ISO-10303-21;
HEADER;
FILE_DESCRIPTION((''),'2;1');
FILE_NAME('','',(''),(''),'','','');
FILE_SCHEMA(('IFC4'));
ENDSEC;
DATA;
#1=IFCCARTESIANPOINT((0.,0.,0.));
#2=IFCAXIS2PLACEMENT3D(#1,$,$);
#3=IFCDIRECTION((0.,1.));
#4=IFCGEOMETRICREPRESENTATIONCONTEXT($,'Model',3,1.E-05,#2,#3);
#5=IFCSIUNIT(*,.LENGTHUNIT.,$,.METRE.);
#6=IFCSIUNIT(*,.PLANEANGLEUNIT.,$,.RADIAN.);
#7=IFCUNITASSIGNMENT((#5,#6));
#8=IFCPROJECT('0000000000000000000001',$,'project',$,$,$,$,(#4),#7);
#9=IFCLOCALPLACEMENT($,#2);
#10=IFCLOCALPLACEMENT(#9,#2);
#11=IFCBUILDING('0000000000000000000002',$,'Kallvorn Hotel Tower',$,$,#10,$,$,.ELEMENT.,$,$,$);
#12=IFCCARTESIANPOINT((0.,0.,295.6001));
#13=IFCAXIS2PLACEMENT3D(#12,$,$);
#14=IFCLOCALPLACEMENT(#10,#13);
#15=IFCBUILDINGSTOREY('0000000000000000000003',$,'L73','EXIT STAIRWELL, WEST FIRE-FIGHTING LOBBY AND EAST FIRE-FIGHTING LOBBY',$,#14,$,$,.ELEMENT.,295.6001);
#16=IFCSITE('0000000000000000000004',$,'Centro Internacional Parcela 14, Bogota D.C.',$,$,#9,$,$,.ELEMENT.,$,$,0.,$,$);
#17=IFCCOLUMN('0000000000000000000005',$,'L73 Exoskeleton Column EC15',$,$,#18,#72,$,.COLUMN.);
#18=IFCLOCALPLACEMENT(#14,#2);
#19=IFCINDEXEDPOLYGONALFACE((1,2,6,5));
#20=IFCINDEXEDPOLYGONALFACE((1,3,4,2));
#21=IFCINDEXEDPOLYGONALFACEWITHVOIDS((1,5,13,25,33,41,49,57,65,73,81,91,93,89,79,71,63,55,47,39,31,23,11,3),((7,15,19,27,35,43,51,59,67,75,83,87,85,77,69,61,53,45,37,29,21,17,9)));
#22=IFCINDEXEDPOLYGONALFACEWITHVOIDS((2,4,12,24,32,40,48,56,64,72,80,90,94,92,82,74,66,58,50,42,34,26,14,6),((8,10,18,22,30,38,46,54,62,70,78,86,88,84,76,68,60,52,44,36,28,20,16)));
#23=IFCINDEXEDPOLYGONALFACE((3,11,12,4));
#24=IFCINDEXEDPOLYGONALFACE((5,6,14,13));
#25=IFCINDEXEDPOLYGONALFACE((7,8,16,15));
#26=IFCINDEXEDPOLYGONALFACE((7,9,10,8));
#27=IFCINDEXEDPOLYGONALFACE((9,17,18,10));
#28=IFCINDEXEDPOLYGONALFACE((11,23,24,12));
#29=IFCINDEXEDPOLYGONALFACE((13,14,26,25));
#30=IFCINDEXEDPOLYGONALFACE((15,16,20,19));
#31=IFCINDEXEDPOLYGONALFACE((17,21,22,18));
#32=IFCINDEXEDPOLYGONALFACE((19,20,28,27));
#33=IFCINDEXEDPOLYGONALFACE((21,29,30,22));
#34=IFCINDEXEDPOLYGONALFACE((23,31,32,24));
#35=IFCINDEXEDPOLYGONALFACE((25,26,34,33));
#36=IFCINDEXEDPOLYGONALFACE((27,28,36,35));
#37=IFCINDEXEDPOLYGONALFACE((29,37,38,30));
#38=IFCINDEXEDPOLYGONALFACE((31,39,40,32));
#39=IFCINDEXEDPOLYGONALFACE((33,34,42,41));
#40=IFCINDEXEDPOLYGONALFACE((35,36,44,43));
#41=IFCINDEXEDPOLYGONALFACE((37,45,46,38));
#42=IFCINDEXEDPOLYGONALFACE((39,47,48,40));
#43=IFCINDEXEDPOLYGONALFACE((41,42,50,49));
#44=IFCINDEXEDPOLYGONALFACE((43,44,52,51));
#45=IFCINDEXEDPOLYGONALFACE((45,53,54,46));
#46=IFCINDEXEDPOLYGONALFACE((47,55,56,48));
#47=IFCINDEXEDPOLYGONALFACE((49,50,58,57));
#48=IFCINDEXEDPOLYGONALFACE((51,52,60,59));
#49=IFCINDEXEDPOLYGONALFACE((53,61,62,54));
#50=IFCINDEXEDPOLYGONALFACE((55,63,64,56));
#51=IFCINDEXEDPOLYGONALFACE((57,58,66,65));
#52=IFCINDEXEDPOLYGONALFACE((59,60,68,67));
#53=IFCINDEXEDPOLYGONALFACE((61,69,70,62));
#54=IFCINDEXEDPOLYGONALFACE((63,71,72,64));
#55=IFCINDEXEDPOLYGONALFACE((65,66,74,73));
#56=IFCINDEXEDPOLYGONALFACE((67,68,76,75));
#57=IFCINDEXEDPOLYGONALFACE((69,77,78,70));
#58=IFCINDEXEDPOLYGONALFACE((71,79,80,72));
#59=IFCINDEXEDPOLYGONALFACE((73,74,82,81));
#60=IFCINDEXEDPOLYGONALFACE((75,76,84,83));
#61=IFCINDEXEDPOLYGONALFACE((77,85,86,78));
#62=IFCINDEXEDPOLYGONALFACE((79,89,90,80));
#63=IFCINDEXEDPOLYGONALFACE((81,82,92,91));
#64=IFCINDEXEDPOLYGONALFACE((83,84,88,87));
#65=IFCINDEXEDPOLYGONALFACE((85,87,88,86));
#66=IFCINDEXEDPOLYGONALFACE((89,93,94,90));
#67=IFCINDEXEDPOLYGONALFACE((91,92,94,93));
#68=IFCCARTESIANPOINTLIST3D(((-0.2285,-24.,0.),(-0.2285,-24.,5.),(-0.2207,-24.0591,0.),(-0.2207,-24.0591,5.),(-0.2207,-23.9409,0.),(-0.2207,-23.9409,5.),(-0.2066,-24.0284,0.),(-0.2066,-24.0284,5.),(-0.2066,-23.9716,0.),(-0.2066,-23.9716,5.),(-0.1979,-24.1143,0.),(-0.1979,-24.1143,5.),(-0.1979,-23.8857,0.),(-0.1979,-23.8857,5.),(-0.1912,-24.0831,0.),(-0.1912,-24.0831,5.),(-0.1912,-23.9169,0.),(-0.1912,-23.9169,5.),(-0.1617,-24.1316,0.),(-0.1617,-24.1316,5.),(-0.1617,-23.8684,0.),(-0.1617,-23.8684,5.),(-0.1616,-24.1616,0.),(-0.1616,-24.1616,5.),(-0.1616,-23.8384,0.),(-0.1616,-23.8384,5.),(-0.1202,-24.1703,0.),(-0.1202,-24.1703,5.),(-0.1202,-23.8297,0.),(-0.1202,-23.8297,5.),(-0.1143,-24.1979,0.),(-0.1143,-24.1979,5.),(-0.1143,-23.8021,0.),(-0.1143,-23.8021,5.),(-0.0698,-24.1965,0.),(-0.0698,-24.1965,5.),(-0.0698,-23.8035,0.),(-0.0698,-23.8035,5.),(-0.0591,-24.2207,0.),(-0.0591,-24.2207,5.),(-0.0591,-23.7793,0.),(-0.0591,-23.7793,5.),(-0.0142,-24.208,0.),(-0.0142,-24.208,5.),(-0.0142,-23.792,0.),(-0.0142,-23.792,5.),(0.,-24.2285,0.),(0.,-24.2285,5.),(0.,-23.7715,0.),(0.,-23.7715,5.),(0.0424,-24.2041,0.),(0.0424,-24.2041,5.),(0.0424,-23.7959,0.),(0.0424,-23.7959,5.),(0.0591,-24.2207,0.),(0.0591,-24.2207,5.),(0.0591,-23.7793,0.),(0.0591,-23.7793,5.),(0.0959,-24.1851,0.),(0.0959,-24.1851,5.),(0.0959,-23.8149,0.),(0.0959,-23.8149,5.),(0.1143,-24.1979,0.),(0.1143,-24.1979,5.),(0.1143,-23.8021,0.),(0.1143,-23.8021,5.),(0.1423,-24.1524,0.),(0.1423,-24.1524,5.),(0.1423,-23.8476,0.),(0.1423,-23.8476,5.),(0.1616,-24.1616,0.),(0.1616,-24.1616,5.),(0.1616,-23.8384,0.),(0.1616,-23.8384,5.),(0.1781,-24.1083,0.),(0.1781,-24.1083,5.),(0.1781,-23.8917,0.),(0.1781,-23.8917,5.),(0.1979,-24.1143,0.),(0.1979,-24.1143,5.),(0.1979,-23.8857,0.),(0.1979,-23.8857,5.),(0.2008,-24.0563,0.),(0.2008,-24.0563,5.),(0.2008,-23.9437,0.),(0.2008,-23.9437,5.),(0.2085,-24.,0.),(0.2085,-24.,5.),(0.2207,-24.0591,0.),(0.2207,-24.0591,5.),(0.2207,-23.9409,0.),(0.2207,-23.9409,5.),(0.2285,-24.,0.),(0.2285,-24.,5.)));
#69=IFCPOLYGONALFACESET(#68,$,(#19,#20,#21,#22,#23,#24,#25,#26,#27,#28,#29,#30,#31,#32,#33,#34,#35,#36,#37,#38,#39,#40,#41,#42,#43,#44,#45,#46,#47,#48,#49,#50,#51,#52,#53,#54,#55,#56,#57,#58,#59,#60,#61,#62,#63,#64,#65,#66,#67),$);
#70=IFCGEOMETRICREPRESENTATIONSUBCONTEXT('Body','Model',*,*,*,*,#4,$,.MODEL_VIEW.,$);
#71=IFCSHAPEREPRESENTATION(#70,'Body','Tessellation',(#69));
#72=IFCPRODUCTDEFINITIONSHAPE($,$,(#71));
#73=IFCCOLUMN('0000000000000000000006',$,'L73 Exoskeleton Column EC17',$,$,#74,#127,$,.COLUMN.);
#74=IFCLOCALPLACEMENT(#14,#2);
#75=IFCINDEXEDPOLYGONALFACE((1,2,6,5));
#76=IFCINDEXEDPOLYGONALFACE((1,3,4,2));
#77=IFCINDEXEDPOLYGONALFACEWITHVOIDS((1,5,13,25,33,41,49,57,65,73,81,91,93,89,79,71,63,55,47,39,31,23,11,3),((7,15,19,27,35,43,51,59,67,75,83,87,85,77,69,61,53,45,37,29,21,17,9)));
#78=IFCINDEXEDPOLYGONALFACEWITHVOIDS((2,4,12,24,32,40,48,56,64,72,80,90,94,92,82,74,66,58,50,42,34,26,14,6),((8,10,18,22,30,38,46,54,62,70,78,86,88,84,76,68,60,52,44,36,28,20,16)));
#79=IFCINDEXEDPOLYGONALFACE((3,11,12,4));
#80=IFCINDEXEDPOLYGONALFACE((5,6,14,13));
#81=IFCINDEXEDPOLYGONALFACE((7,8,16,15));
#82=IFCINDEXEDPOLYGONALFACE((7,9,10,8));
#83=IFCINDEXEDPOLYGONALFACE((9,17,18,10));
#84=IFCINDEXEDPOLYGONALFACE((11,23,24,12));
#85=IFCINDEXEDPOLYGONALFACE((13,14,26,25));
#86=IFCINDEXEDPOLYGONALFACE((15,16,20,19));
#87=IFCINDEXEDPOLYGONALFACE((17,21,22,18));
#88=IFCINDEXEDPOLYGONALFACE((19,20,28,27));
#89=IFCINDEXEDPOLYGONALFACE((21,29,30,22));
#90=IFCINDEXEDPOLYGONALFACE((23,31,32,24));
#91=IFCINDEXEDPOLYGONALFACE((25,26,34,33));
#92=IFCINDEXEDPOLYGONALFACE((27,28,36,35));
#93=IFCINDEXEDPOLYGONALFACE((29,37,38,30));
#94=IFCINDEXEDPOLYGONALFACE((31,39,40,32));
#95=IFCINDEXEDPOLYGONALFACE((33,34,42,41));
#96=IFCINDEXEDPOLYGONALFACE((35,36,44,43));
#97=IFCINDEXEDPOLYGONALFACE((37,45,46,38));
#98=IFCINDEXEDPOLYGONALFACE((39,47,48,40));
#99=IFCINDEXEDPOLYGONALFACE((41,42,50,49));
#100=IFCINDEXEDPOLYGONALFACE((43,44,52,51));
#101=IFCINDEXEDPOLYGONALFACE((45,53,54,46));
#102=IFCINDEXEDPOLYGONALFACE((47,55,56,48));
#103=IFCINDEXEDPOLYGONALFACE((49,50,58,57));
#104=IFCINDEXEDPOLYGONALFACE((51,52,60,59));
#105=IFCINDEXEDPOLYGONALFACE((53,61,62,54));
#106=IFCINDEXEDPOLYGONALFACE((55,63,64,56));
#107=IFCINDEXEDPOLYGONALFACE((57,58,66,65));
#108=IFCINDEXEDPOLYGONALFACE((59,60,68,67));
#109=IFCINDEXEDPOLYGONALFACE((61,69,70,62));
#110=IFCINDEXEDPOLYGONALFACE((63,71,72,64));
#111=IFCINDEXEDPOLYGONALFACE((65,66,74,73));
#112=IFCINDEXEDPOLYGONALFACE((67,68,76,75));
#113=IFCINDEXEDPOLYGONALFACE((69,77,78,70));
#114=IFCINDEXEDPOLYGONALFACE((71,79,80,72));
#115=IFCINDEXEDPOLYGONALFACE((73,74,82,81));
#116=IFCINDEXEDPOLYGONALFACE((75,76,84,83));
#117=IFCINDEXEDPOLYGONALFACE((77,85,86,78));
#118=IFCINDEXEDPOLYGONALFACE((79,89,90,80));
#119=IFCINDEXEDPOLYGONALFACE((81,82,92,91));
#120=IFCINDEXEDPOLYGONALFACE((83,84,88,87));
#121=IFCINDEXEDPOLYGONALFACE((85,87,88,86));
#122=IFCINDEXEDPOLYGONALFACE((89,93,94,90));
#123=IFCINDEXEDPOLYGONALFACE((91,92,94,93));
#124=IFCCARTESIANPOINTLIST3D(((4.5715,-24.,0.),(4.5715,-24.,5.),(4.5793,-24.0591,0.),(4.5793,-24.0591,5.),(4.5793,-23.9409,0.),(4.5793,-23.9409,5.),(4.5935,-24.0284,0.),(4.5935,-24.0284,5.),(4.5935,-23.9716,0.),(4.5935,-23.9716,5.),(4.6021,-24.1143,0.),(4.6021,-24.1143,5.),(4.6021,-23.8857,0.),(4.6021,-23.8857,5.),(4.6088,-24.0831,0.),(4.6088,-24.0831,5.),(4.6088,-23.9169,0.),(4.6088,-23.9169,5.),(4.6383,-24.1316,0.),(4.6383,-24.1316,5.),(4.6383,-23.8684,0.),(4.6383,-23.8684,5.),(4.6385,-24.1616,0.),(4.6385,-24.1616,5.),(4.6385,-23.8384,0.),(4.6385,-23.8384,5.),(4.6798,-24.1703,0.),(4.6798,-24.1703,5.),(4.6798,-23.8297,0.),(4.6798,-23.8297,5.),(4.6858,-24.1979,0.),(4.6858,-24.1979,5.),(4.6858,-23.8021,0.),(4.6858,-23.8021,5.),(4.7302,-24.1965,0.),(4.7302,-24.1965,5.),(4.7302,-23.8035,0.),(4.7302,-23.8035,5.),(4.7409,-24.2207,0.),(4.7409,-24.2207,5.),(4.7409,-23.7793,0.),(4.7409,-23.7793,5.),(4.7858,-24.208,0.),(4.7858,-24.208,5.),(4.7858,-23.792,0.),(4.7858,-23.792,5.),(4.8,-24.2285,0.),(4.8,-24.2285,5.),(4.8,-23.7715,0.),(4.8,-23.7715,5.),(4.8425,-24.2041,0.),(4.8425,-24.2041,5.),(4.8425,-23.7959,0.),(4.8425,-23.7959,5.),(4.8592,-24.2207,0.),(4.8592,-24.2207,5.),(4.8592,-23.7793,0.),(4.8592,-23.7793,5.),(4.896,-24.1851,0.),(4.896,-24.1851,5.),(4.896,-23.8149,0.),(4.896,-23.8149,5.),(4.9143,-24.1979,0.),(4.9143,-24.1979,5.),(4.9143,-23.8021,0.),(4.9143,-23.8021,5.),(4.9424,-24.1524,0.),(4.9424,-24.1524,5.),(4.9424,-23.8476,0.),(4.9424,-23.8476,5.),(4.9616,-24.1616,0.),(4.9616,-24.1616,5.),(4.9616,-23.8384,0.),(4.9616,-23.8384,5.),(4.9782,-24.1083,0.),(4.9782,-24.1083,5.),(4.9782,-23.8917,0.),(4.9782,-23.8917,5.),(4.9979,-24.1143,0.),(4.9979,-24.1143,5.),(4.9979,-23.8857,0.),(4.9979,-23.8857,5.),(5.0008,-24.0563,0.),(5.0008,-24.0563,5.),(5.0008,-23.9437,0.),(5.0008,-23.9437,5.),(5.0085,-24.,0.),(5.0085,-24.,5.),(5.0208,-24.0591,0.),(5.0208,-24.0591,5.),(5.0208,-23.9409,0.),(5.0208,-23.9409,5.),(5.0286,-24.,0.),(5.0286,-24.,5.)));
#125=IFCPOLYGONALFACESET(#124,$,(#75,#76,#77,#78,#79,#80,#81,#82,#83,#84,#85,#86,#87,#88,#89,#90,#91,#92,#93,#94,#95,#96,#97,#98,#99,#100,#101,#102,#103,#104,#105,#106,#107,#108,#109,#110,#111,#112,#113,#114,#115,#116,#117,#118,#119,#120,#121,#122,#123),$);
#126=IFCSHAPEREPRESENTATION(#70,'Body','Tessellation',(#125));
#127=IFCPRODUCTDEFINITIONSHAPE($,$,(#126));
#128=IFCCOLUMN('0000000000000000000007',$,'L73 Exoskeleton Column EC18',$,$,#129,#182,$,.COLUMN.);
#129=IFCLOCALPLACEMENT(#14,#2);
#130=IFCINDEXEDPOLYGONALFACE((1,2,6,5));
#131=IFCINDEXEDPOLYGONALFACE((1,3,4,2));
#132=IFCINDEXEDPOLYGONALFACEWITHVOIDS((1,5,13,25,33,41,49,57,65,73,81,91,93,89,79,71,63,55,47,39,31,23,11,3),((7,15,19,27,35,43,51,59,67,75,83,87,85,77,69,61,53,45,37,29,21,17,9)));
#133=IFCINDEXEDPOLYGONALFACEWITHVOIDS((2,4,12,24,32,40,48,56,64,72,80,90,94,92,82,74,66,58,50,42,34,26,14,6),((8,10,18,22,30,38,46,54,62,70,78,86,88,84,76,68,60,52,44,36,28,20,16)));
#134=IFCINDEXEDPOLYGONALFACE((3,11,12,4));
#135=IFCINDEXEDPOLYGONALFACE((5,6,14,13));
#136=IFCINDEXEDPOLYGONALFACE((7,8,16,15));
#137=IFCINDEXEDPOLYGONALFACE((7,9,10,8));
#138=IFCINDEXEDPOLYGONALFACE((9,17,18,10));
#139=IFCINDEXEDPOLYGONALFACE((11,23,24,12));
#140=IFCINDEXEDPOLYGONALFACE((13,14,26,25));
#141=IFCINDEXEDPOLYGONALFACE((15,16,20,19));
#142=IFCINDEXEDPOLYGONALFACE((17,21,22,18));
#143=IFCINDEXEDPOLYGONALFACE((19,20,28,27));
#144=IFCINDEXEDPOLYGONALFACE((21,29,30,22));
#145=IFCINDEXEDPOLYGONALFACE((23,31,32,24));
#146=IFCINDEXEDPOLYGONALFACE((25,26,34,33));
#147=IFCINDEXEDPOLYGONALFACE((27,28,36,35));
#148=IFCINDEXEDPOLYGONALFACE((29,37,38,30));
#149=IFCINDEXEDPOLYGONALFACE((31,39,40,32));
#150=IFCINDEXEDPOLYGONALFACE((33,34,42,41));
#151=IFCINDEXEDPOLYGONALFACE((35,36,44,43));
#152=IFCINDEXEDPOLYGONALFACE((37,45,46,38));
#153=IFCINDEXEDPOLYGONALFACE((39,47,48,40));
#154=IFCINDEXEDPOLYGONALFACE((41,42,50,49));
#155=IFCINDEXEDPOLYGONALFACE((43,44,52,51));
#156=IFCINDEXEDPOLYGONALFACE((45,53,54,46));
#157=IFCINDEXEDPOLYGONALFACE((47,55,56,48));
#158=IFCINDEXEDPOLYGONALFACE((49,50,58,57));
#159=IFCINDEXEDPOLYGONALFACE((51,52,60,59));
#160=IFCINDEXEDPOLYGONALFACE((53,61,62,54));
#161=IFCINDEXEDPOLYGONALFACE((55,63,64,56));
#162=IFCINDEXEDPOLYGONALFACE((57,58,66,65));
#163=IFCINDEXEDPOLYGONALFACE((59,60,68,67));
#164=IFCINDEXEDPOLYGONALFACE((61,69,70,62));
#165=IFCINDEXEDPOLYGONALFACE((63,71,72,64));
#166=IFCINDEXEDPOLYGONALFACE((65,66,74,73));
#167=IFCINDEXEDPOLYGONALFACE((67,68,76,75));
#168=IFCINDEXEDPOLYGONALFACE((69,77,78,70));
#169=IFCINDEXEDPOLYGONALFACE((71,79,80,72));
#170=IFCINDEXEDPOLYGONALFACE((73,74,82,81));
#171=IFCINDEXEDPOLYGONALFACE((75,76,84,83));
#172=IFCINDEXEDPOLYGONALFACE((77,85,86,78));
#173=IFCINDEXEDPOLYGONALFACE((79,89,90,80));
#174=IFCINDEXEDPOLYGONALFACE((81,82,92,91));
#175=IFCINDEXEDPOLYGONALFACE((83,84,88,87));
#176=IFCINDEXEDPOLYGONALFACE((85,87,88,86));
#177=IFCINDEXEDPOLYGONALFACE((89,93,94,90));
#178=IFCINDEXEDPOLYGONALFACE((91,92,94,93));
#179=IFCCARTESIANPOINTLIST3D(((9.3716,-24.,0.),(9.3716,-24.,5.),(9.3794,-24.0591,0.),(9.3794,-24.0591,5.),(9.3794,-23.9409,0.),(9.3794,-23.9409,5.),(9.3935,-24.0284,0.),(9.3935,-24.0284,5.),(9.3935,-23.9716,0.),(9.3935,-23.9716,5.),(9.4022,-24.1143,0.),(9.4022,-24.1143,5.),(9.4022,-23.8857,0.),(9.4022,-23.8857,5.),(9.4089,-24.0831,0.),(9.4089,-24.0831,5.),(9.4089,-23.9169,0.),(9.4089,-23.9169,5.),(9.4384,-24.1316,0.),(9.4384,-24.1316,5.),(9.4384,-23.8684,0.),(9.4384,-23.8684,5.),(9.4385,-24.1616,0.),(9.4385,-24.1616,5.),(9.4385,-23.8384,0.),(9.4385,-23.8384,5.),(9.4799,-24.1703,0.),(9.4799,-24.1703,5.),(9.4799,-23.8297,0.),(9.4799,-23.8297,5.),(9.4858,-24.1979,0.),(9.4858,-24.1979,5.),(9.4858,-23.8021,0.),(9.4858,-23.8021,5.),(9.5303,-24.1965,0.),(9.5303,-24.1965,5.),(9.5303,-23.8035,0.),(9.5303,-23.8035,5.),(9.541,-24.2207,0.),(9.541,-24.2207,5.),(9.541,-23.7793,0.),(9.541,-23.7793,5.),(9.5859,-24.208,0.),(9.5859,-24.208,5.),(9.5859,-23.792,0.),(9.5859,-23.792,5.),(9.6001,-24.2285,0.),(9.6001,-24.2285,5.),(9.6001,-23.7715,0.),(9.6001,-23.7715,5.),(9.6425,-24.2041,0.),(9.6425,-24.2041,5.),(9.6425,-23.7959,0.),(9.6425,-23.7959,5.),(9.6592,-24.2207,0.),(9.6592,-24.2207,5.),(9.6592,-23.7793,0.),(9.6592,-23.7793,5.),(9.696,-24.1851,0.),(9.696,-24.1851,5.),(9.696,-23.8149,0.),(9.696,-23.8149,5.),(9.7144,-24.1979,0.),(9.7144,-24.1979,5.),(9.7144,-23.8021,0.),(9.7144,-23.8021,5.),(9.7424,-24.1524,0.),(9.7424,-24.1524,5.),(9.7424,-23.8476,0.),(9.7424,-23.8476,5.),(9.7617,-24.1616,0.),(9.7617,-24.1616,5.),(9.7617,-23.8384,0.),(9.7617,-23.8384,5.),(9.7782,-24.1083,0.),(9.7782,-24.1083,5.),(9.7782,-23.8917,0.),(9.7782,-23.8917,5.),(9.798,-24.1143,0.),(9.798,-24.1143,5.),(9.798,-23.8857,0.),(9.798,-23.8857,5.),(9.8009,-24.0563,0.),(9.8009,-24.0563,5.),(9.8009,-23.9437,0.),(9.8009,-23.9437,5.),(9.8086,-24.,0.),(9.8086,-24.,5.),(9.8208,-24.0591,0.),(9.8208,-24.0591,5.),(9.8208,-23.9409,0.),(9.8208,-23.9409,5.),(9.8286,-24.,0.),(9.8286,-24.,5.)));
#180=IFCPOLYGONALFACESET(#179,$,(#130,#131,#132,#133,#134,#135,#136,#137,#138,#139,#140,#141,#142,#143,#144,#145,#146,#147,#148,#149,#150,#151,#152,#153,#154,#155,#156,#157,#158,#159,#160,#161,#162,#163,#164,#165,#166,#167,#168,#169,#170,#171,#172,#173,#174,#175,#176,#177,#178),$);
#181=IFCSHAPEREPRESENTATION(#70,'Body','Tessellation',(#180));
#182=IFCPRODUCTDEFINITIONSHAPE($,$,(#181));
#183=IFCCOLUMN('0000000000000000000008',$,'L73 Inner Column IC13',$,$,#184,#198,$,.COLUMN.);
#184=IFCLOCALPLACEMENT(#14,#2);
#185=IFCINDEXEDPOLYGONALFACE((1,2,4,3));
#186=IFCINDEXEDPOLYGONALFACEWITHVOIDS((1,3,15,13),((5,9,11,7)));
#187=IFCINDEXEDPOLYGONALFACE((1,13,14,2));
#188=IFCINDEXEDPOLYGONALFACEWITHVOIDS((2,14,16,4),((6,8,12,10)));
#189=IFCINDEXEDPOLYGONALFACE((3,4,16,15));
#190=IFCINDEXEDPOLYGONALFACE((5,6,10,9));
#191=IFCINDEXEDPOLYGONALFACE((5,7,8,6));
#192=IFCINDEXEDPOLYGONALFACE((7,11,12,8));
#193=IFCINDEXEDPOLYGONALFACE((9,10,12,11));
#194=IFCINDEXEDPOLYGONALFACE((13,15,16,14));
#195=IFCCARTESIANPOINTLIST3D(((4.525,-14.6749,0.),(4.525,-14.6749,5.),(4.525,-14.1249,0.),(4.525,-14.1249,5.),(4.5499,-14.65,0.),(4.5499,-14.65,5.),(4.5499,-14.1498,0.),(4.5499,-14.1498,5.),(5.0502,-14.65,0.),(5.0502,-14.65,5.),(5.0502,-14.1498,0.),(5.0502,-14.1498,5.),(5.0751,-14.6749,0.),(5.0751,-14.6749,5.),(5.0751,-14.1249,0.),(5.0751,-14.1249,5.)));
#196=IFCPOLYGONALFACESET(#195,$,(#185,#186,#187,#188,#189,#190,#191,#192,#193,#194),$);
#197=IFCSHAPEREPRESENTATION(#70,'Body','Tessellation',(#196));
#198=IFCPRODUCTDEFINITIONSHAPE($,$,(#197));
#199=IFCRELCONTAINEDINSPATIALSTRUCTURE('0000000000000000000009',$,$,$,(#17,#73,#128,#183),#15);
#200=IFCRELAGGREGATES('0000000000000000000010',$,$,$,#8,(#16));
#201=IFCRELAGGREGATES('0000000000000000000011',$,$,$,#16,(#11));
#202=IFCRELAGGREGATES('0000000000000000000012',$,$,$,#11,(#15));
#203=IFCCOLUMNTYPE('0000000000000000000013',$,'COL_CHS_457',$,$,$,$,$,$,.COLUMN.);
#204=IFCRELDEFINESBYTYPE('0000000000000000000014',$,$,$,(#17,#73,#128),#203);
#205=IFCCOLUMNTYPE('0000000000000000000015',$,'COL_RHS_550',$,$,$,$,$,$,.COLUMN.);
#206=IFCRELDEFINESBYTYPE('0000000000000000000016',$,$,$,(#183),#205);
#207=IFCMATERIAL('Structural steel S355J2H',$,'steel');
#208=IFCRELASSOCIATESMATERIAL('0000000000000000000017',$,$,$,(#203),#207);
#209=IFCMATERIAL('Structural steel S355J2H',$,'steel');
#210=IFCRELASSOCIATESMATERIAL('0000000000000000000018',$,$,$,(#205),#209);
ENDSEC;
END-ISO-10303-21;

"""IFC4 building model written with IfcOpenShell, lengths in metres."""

from ifc_helpers import new_model, si_unit, direction, frame, origin, origin_2d, place, context, subcontext, project, spatial, hollow_rectangle, hollow_circle, extrude, material, material_profile, profile_set, type_object, element, save


model = new_model("IFC4")

# Units and contexts
model_context = context("Model", 3, precision=1e-05, world=origin(), true_north=direction((0.0, 1.0)))
body_context = subcontext(model_context, "Body", "Model", "MODEL_VIEW")
ifc_project = project(units=[si_unit("LENGTHUNIT", "METRE"), si_unit("PLANEANGLEUNIT", "RADIAN")], contexts=[model_context])

# Site, building, storey
site_placement = place(None, origin())
site = spatial("IfcSite", under=ifc_project, at=site_placement, Name="Centro Internacional Parcela 14, Bogota D.C.", CompositionType="ELEMENT", RefElevation=0.0)
building_placement = place(site_placement, origin())
building = spatial("IfcBuilding", under=site, at=building_placement, Name="Kallvorn Hotel Tower", CompositionType="ELEMENT")
storey_placement = place(building_placement, frame((0.0, 0.0, 295.6001)))
storey = spatial("IfcBuildingStorey", under=building, at=storey_placement, Name="L73", Description="EXIT STAIRWELL, WEST FIRE-FIGHTING LOBBY AND EAST FIRE-FIGHTING LOBBY", CompositionType="ELEMENT", Elevation=295.6001)

# Columns
ifc_material_1 = material(Name="Structural steel S355J2H", Category="steel")
ifc_material_profile_1 = material_profile(ifc_material_1, hollow_circle(Radius=0.2285, WallThickness=0.02, at=origin_2d()), Name="CHS 457x20")
ifc_profile_set_1 = profile_set([ifc_material_profile_1], Name="Structural steel S355J2H")
column_type_1 = type_object("IfcColumnType", Name="COL_CHS_457", PredefinedType="COLUMN", material=ifc_profile_set_1)
for number, where, z_axis, x_axis, name in (
    (1, (0.0, -24.0, 0.0), (0.0, 0.0, 1.0), (1.0, 0.0, 0.0), "L73 Exoskeleton Column EC15"),
    (2, (4.8, -24.0, 0.0), (0.0, 0.0, 1.0), (1.0, 0.0, 0.0), "L73 Exoskeleton Column EC17"),
    (3, (9.6001, -24.0, 0.0), (0.0, 0.0, 1.0), (1.0, 0.0, 0.0), "L73 Exoskeleton Column EC18"),
):
    element("IfcColumn", number, at=place(storey_placement, frame(where, z_axis=z_axis, x_axis=x_axis)), inside=storey, type_object=column_type_1, Name=name, PredefinedType="COLUMN", context=body_context, shape_type="SweptSolid", body=[
        extrude(hollow_circle(Radius=0.2285, WallThickness=0.02, at=origin_2d()), origin(), (0.0, 0.0, 1.0), 5.0),
    ])
ifc_material_2 = material(Name="Structural steel S355J2H", Category="steel")
ifc_material_profile_2 = material_profile(ifc_material_2, hollow_rectangle(XDim=0.55, YDim=0.55, WallThickness=0.0249, at=origin_2d()), Name="RHS 550x550x25")
ifc_profile_set_2 = profile_set([ifc_material_profile_2], Name="Structural steel S355J2H")
column_type_2 = type_object("IfcColumnType", Name="COL_RHS_550", PredefinedType="COLUMN", material=ifc_profile_set_2)
column_placement = place(storey_placement, frame((4.8, -14.3999, 0.0), z_axis=(0.0, 0.0, 1.0), x_axis=(1.0, 0.0, 0.0)))
element("IfcColumn", 4, at=column_placement, inside=storey, type_object=column_type_2, Name="L73 Inner Column IC13", PredefinedType="COLUMN", context=body_context, shape_type="SweptSolid", body=[
    extrude(hollow_rectangle(XDim=0.55, YDim=0.55, WallThickness=0.0249, at=origin_2d()), origin(), (0.0, 0.0, 1.0), 5.0),
])

save(model, "model.ifc")
